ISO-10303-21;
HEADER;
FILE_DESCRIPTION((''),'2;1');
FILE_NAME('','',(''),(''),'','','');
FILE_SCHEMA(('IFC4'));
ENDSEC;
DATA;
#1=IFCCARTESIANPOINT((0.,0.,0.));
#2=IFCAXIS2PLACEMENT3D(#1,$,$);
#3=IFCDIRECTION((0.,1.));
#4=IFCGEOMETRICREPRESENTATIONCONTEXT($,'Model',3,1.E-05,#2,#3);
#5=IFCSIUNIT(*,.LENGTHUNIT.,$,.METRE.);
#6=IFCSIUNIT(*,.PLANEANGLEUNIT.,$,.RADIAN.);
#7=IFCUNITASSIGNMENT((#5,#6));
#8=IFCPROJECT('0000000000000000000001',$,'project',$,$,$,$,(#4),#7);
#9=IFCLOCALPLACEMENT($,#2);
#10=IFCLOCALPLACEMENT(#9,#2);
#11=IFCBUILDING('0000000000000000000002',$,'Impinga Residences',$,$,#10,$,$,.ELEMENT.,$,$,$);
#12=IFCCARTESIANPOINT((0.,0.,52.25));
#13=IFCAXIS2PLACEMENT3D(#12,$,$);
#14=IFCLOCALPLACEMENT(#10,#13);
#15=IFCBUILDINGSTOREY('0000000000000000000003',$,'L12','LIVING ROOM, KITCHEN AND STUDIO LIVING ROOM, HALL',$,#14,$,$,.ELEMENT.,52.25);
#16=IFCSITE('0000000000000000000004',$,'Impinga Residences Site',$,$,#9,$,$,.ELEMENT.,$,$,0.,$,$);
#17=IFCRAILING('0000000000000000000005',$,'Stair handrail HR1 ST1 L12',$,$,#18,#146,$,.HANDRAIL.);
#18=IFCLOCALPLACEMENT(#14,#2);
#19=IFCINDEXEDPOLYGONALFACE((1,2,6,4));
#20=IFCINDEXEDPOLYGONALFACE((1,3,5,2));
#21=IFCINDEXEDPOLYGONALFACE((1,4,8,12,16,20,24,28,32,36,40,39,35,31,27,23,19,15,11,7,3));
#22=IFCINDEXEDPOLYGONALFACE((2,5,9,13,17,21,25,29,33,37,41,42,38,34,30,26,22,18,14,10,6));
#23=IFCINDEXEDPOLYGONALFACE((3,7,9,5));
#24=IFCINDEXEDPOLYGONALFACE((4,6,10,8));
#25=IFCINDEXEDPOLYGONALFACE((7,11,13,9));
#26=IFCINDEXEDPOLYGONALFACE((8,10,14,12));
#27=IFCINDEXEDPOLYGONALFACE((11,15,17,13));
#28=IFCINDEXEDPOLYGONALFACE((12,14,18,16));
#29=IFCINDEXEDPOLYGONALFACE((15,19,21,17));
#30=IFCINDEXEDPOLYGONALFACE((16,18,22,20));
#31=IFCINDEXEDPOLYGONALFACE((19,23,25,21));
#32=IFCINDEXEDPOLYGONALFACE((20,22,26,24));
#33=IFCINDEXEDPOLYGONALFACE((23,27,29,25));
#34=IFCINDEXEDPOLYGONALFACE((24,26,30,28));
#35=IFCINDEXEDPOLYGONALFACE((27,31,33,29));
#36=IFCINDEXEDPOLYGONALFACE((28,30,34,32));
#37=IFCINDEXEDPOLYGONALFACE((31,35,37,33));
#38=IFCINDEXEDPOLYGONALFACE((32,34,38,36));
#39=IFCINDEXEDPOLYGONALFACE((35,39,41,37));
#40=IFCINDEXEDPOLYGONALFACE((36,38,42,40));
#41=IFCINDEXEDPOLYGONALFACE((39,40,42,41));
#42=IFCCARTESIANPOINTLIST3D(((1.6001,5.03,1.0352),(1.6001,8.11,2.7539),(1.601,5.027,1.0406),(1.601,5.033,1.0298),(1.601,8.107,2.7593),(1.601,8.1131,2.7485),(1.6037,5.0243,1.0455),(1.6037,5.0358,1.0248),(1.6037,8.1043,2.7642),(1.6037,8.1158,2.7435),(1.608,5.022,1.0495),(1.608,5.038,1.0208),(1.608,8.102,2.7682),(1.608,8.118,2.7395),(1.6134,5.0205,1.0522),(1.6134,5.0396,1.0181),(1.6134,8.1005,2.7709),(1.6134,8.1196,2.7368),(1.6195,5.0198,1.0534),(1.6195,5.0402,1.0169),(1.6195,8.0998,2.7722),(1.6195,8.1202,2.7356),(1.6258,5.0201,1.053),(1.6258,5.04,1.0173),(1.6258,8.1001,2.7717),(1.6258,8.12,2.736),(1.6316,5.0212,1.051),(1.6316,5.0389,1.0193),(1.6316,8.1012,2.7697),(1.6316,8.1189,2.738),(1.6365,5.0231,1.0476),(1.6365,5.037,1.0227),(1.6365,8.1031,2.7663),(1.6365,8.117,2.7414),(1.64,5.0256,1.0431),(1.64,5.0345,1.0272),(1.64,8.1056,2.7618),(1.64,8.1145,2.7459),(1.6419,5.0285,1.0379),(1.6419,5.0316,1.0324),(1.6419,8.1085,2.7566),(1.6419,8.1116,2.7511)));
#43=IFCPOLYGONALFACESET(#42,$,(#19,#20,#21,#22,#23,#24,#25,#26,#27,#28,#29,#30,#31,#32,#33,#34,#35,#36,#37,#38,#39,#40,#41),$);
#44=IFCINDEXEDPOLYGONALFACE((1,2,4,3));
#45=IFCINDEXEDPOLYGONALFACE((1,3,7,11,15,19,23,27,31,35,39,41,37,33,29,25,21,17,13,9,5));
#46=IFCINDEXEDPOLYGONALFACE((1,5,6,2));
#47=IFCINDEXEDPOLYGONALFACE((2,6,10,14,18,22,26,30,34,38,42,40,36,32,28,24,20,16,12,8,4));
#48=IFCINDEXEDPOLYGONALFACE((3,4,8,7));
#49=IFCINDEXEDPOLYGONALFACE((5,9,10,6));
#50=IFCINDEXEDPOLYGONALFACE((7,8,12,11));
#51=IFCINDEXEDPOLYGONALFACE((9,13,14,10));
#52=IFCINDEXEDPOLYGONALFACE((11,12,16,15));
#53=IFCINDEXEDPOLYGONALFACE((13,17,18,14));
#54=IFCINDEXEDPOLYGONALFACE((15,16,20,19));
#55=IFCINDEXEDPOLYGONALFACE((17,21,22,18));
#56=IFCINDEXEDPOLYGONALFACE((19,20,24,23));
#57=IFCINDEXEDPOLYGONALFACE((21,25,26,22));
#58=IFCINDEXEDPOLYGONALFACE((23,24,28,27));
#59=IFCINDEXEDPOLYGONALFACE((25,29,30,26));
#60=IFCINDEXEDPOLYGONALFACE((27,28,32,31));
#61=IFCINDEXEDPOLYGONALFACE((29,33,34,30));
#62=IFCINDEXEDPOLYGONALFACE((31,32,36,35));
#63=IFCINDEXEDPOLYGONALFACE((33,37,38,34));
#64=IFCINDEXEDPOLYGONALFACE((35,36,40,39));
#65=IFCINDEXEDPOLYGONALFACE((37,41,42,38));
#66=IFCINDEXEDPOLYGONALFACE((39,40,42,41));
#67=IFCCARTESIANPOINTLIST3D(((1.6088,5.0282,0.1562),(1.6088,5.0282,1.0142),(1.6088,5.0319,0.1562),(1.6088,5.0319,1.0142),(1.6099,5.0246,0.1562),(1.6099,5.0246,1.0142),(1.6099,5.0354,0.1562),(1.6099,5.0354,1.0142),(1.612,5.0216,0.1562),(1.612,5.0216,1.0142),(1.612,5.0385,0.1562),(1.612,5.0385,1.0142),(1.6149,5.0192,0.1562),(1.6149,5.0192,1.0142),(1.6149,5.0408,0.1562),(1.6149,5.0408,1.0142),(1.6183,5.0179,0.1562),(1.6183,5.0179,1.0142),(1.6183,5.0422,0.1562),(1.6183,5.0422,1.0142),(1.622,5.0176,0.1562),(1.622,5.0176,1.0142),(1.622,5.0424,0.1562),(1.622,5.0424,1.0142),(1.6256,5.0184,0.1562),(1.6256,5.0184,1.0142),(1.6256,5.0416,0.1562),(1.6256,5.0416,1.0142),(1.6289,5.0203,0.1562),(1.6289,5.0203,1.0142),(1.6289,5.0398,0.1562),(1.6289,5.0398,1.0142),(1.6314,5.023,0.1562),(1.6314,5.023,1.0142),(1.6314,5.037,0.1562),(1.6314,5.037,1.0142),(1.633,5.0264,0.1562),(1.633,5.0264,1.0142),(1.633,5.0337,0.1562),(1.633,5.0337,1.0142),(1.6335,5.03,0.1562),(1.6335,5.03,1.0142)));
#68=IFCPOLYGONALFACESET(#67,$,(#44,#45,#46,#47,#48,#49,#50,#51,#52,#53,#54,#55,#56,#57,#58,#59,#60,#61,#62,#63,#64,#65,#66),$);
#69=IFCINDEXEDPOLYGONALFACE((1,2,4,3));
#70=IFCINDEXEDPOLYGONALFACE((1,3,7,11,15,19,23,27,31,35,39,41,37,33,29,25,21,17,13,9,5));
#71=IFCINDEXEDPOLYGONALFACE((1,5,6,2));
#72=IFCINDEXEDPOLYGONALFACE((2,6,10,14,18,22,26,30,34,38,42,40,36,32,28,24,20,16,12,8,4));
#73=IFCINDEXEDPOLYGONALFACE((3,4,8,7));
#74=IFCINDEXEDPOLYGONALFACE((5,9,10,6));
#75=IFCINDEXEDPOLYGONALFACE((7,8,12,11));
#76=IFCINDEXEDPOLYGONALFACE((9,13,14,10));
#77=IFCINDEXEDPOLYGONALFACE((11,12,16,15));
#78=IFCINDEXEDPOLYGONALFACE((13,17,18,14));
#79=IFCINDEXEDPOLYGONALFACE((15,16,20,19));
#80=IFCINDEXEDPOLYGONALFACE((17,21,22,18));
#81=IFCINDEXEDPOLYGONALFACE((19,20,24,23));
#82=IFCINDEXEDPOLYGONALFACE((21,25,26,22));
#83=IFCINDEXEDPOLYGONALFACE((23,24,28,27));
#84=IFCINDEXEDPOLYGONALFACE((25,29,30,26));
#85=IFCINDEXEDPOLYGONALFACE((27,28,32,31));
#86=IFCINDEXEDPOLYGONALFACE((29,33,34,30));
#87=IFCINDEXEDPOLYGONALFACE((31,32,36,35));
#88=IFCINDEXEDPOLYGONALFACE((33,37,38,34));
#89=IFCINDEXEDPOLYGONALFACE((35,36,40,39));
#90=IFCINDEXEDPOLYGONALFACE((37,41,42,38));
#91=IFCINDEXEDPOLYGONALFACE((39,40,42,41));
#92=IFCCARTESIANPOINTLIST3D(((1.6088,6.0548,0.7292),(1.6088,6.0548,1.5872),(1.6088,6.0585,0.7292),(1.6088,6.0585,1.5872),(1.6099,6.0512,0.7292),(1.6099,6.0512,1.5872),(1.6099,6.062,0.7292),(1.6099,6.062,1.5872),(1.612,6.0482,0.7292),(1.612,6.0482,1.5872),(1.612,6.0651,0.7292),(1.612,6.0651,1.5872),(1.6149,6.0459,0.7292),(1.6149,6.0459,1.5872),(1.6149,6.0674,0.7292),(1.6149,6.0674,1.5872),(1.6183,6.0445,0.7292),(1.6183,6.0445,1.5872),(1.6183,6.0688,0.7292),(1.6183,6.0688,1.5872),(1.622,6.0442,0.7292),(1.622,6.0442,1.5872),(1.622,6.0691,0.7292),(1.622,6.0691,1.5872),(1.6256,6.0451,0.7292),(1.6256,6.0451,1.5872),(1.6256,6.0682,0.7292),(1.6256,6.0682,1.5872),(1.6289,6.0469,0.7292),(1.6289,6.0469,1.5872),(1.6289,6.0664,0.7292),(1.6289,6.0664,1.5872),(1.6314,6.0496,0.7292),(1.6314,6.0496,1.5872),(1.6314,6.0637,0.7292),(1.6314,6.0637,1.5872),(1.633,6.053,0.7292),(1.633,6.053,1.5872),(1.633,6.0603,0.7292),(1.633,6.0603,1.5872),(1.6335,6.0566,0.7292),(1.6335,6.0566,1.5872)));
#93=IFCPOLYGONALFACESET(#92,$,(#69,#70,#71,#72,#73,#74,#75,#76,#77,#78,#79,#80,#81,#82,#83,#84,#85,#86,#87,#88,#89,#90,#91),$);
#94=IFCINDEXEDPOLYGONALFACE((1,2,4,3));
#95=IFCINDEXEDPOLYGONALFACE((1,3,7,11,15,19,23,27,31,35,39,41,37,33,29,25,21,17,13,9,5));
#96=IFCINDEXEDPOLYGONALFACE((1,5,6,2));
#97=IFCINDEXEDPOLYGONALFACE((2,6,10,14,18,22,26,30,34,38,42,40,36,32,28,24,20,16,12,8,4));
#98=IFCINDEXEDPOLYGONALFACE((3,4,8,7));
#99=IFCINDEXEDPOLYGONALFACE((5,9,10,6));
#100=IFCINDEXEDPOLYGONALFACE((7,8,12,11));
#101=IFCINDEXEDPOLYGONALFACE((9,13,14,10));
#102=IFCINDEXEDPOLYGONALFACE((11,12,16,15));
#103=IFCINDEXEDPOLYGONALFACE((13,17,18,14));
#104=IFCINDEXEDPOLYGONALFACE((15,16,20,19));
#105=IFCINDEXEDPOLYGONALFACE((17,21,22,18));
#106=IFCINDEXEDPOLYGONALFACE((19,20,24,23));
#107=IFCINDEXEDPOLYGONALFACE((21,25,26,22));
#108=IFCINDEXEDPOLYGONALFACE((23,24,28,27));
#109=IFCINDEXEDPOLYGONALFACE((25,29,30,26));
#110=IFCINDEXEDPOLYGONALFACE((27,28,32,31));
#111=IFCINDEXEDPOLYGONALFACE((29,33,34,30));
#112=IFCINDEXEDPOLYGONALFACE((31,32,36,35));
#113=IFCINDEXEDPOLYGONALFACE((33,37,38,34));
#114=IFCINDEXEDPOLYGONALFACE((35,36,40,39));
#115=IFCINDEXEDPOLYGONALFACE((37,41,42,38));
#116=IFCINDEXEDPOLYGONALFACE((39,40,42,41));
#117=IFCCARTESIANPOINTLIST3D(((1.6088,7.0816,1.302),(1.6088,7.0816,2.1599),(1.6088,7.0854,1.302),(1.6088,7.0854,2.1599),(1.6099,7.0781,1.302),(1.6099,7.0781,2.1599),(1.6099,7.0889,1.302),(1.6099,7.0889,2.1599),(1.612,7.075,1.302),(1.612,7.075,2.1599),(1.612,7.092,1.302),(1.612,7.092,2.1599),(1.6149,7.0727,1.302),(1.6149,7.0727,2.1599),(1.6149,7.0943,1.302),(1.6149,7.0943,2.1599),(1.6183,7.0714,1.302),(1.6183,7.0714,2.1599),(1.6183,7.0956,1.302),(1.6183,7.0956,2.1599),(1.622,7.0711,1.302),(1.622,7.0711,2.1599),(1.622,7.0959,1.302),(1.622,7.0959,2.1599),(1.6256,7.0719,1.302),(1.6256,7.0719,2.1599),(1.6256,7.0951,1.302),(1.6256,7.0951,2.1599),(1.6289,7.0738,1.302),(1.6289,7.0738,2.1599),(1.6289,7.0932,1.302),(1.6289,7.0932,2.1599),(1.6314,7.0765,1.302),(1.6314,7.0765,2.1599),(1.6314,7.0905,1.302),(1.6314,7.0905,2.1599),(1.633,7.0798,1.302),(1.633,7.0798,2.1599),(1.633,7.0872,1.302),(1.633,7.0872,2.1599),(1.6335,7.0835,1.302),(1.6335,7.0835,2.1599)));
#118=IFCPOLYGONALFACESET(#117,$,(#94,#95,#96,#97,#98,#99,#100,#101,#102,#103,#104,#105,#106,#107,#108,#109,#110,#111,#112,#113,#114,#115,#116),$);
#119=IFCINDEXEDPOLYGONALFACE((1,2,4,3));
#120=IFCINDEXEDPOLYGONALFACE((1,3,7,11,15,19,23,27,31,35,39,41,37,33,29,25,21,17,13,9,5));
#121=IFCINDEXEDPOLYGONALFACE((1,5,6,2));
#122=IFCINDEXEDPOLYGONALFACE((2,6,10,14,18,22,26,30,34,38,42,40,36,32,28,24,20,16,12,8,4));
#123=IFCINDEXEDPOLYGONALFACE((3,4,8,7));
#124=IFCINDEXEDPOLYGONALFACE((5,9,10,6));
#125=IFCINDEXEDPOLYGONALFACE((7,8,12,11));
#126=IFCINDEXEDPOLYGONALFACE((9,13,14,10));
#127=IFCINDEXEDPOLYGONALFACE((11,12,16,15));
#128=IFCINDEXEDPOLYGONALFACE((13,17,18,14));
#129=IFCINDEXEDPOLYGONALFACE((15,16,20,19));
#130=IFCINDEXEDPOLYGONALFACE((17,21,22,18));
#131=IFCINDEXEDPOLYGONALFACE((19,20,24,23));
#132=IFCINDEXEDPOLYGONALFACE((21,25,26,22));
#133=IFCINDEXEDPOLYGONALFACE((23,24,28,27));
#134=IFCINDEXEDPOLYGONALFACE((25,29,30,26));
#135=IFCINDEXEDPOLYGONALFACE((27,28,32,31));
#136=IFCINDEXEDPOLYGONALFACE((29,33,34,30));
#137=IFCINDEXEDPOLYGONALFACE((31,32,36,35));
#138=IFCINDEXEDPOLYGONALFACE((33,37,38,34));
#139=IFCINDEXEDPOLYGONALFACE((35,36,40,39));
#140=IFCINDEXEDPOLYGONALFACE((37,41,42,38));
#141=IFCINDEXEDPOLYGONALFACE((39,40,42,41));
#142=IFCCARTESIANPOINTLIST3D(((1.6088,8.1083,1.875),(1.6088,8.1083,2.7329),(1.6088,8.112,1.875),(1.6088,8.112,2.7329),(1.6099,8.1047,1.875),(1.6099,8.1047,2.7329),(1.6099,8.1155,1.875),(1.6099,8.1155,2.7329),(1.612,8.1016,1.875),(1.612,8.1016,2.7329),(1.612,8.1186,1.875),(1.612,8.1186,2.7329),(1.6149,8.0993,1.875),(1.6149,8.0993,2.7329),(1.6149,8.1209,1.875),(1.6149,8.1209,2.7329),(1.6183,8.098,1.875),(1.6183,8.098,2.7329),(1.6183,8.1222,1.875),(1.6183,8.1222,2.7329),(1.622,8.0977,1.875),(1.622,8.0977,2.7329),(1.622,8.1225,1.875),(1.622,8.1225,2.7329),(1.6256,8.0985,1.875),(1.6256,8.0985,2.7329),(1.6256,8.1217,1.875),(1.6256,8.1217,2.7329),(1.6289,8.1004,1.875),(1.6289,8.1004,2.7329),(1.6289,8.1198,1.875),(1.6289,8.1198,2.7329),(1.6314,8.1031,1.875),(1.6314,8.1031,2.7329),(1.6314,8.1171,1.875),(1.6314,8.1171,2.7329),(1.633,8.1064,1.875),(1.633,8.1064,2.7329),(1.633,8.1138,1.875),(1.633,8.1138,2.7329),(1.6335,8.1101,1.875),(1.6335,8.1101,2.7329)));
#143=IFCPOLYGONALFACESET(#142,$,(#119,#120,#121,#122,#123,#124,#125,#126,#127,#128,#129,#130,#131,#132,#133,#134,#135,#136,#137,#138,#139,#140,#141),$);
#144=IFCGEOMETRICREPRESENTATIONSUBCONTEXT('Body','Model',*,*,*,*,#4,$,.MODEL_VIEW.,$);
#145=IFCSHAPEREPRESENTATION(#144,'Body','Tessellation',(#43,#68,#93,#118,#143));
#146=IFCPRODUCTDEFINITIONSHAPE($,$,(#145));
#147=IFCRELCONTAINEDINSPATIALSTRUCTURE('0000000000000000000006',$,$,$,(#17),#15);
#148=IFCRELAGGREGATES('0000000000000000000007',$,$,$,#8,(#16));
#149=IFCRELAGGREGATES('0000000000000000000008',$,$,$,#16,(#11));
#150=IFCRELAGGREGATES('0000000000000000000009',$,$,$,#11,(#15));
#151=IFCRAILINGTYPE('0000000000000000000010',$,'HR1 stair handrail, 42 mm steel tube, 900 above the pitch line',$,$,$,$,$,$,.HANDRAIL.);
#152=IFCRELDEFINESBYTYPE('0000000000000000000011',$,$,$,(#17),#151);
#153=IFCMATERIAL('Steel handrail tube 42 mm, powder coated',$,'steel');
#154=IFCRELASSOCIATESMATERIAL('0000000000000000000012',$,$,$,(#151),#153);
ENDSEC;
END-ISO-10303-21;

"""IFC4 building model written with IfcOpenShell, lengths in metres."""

from ifc_helpers import new_model, si_unit, direction, frame, origin, origin_2d, place, context, subcontext, project, spatial, circle, extrude, material, type_object, element, save


model = new_model("IFC4")

# Units and contexts
model_context = context("Model", 3, precision=1e-05, world=origin(), true_north=direction((0.0, 1.0)))
body_context = subcontext(model_context, "Body", "Model", "MODEL_VIEW")
ifc_project = project(units=[si_unit("LENGTHUNIT", "METRE"), si_unit("PLANEANGLEUNIT", "RADIAN")], contexts=[model_context])

# Site, building, storey
site_placement = place(None, origin())
site = spatial("IfcSite", under=ifc_project, at=site_placement, Name="Impinga Residences Site", CompositionType="ELEMENT", RefElevation=0.0)
building_placement = place(site_placement, origin())
building = spatial("IfcBuilding", under=site, at=building_placement, Name="Impinga Residences", CompositionType="ELEMENT")
storey_placement = place(building_placement, frame((0.0, 0.0, 52.25)))
storey = spatial("IfcBuildingStorey", under=building, at=storey_placement, Name="L12", Description="LIVING ROOM, KITCHEN AND STUDIO LIVING ROOM, HALL", CompositionType="ELEMENT", Elevation=52.25)

# Railing
ifc_material_1 = material(Name="Steel handrail tube 42 mm, powder coated", Category="steel")
railing_type_1 = type_object("IfcRailingType", Name="HR1 stair handrail, 42 mm steel tube, 900 above the pitch line", PredefinedType="HANDRAIL", material=ifc_material_1)
railing_1_placement = place(storey_placement, frame((1.6211, 5.03, 0.1562)))
element("IfcRailing", 1, at=railing_1_placement, inside=storey, type_object=railing_type_1, Name="Stair handrail HR1 ST1 L12", PredefinedType="HANDRAIL", context=body_context, shape_type="SweptSolid", body=[
    extrude(circle(Radius=0.021, at=origin_2d()), frame((0.0, 0.0, 0.8789), z_axis=(0.0, 0.873242, 0.487288), x_axis=(-1.0, 0.0, 0.0)), (0.0, 0.0, 1.0), 3.5271),
    extrude(circle(Radius=0.0125, at=origin_2d()), origin(), (0.0, 0.0, 1.0), 0.8579),
    extrude(circle(Radius=0.0125, at=origin_2d()), frame((0.0, 1.0266, 0.573)), (0.0, 0.0, 1.0), 0.8579),
    extrude(circle(Radius=0.0125, at=origin_2d()), frame((0.0, 2.0535, 1.1458)), (0.0, 0.0, 1.0), 0.8579),
    extrude(circle(Radius=0.0125, at=origin_2d()), frame((0.0, 3.0801, 1.7188)), (0.0, 0.0, 1.0), 0.8579),
])

save(model, "model.ifc")
